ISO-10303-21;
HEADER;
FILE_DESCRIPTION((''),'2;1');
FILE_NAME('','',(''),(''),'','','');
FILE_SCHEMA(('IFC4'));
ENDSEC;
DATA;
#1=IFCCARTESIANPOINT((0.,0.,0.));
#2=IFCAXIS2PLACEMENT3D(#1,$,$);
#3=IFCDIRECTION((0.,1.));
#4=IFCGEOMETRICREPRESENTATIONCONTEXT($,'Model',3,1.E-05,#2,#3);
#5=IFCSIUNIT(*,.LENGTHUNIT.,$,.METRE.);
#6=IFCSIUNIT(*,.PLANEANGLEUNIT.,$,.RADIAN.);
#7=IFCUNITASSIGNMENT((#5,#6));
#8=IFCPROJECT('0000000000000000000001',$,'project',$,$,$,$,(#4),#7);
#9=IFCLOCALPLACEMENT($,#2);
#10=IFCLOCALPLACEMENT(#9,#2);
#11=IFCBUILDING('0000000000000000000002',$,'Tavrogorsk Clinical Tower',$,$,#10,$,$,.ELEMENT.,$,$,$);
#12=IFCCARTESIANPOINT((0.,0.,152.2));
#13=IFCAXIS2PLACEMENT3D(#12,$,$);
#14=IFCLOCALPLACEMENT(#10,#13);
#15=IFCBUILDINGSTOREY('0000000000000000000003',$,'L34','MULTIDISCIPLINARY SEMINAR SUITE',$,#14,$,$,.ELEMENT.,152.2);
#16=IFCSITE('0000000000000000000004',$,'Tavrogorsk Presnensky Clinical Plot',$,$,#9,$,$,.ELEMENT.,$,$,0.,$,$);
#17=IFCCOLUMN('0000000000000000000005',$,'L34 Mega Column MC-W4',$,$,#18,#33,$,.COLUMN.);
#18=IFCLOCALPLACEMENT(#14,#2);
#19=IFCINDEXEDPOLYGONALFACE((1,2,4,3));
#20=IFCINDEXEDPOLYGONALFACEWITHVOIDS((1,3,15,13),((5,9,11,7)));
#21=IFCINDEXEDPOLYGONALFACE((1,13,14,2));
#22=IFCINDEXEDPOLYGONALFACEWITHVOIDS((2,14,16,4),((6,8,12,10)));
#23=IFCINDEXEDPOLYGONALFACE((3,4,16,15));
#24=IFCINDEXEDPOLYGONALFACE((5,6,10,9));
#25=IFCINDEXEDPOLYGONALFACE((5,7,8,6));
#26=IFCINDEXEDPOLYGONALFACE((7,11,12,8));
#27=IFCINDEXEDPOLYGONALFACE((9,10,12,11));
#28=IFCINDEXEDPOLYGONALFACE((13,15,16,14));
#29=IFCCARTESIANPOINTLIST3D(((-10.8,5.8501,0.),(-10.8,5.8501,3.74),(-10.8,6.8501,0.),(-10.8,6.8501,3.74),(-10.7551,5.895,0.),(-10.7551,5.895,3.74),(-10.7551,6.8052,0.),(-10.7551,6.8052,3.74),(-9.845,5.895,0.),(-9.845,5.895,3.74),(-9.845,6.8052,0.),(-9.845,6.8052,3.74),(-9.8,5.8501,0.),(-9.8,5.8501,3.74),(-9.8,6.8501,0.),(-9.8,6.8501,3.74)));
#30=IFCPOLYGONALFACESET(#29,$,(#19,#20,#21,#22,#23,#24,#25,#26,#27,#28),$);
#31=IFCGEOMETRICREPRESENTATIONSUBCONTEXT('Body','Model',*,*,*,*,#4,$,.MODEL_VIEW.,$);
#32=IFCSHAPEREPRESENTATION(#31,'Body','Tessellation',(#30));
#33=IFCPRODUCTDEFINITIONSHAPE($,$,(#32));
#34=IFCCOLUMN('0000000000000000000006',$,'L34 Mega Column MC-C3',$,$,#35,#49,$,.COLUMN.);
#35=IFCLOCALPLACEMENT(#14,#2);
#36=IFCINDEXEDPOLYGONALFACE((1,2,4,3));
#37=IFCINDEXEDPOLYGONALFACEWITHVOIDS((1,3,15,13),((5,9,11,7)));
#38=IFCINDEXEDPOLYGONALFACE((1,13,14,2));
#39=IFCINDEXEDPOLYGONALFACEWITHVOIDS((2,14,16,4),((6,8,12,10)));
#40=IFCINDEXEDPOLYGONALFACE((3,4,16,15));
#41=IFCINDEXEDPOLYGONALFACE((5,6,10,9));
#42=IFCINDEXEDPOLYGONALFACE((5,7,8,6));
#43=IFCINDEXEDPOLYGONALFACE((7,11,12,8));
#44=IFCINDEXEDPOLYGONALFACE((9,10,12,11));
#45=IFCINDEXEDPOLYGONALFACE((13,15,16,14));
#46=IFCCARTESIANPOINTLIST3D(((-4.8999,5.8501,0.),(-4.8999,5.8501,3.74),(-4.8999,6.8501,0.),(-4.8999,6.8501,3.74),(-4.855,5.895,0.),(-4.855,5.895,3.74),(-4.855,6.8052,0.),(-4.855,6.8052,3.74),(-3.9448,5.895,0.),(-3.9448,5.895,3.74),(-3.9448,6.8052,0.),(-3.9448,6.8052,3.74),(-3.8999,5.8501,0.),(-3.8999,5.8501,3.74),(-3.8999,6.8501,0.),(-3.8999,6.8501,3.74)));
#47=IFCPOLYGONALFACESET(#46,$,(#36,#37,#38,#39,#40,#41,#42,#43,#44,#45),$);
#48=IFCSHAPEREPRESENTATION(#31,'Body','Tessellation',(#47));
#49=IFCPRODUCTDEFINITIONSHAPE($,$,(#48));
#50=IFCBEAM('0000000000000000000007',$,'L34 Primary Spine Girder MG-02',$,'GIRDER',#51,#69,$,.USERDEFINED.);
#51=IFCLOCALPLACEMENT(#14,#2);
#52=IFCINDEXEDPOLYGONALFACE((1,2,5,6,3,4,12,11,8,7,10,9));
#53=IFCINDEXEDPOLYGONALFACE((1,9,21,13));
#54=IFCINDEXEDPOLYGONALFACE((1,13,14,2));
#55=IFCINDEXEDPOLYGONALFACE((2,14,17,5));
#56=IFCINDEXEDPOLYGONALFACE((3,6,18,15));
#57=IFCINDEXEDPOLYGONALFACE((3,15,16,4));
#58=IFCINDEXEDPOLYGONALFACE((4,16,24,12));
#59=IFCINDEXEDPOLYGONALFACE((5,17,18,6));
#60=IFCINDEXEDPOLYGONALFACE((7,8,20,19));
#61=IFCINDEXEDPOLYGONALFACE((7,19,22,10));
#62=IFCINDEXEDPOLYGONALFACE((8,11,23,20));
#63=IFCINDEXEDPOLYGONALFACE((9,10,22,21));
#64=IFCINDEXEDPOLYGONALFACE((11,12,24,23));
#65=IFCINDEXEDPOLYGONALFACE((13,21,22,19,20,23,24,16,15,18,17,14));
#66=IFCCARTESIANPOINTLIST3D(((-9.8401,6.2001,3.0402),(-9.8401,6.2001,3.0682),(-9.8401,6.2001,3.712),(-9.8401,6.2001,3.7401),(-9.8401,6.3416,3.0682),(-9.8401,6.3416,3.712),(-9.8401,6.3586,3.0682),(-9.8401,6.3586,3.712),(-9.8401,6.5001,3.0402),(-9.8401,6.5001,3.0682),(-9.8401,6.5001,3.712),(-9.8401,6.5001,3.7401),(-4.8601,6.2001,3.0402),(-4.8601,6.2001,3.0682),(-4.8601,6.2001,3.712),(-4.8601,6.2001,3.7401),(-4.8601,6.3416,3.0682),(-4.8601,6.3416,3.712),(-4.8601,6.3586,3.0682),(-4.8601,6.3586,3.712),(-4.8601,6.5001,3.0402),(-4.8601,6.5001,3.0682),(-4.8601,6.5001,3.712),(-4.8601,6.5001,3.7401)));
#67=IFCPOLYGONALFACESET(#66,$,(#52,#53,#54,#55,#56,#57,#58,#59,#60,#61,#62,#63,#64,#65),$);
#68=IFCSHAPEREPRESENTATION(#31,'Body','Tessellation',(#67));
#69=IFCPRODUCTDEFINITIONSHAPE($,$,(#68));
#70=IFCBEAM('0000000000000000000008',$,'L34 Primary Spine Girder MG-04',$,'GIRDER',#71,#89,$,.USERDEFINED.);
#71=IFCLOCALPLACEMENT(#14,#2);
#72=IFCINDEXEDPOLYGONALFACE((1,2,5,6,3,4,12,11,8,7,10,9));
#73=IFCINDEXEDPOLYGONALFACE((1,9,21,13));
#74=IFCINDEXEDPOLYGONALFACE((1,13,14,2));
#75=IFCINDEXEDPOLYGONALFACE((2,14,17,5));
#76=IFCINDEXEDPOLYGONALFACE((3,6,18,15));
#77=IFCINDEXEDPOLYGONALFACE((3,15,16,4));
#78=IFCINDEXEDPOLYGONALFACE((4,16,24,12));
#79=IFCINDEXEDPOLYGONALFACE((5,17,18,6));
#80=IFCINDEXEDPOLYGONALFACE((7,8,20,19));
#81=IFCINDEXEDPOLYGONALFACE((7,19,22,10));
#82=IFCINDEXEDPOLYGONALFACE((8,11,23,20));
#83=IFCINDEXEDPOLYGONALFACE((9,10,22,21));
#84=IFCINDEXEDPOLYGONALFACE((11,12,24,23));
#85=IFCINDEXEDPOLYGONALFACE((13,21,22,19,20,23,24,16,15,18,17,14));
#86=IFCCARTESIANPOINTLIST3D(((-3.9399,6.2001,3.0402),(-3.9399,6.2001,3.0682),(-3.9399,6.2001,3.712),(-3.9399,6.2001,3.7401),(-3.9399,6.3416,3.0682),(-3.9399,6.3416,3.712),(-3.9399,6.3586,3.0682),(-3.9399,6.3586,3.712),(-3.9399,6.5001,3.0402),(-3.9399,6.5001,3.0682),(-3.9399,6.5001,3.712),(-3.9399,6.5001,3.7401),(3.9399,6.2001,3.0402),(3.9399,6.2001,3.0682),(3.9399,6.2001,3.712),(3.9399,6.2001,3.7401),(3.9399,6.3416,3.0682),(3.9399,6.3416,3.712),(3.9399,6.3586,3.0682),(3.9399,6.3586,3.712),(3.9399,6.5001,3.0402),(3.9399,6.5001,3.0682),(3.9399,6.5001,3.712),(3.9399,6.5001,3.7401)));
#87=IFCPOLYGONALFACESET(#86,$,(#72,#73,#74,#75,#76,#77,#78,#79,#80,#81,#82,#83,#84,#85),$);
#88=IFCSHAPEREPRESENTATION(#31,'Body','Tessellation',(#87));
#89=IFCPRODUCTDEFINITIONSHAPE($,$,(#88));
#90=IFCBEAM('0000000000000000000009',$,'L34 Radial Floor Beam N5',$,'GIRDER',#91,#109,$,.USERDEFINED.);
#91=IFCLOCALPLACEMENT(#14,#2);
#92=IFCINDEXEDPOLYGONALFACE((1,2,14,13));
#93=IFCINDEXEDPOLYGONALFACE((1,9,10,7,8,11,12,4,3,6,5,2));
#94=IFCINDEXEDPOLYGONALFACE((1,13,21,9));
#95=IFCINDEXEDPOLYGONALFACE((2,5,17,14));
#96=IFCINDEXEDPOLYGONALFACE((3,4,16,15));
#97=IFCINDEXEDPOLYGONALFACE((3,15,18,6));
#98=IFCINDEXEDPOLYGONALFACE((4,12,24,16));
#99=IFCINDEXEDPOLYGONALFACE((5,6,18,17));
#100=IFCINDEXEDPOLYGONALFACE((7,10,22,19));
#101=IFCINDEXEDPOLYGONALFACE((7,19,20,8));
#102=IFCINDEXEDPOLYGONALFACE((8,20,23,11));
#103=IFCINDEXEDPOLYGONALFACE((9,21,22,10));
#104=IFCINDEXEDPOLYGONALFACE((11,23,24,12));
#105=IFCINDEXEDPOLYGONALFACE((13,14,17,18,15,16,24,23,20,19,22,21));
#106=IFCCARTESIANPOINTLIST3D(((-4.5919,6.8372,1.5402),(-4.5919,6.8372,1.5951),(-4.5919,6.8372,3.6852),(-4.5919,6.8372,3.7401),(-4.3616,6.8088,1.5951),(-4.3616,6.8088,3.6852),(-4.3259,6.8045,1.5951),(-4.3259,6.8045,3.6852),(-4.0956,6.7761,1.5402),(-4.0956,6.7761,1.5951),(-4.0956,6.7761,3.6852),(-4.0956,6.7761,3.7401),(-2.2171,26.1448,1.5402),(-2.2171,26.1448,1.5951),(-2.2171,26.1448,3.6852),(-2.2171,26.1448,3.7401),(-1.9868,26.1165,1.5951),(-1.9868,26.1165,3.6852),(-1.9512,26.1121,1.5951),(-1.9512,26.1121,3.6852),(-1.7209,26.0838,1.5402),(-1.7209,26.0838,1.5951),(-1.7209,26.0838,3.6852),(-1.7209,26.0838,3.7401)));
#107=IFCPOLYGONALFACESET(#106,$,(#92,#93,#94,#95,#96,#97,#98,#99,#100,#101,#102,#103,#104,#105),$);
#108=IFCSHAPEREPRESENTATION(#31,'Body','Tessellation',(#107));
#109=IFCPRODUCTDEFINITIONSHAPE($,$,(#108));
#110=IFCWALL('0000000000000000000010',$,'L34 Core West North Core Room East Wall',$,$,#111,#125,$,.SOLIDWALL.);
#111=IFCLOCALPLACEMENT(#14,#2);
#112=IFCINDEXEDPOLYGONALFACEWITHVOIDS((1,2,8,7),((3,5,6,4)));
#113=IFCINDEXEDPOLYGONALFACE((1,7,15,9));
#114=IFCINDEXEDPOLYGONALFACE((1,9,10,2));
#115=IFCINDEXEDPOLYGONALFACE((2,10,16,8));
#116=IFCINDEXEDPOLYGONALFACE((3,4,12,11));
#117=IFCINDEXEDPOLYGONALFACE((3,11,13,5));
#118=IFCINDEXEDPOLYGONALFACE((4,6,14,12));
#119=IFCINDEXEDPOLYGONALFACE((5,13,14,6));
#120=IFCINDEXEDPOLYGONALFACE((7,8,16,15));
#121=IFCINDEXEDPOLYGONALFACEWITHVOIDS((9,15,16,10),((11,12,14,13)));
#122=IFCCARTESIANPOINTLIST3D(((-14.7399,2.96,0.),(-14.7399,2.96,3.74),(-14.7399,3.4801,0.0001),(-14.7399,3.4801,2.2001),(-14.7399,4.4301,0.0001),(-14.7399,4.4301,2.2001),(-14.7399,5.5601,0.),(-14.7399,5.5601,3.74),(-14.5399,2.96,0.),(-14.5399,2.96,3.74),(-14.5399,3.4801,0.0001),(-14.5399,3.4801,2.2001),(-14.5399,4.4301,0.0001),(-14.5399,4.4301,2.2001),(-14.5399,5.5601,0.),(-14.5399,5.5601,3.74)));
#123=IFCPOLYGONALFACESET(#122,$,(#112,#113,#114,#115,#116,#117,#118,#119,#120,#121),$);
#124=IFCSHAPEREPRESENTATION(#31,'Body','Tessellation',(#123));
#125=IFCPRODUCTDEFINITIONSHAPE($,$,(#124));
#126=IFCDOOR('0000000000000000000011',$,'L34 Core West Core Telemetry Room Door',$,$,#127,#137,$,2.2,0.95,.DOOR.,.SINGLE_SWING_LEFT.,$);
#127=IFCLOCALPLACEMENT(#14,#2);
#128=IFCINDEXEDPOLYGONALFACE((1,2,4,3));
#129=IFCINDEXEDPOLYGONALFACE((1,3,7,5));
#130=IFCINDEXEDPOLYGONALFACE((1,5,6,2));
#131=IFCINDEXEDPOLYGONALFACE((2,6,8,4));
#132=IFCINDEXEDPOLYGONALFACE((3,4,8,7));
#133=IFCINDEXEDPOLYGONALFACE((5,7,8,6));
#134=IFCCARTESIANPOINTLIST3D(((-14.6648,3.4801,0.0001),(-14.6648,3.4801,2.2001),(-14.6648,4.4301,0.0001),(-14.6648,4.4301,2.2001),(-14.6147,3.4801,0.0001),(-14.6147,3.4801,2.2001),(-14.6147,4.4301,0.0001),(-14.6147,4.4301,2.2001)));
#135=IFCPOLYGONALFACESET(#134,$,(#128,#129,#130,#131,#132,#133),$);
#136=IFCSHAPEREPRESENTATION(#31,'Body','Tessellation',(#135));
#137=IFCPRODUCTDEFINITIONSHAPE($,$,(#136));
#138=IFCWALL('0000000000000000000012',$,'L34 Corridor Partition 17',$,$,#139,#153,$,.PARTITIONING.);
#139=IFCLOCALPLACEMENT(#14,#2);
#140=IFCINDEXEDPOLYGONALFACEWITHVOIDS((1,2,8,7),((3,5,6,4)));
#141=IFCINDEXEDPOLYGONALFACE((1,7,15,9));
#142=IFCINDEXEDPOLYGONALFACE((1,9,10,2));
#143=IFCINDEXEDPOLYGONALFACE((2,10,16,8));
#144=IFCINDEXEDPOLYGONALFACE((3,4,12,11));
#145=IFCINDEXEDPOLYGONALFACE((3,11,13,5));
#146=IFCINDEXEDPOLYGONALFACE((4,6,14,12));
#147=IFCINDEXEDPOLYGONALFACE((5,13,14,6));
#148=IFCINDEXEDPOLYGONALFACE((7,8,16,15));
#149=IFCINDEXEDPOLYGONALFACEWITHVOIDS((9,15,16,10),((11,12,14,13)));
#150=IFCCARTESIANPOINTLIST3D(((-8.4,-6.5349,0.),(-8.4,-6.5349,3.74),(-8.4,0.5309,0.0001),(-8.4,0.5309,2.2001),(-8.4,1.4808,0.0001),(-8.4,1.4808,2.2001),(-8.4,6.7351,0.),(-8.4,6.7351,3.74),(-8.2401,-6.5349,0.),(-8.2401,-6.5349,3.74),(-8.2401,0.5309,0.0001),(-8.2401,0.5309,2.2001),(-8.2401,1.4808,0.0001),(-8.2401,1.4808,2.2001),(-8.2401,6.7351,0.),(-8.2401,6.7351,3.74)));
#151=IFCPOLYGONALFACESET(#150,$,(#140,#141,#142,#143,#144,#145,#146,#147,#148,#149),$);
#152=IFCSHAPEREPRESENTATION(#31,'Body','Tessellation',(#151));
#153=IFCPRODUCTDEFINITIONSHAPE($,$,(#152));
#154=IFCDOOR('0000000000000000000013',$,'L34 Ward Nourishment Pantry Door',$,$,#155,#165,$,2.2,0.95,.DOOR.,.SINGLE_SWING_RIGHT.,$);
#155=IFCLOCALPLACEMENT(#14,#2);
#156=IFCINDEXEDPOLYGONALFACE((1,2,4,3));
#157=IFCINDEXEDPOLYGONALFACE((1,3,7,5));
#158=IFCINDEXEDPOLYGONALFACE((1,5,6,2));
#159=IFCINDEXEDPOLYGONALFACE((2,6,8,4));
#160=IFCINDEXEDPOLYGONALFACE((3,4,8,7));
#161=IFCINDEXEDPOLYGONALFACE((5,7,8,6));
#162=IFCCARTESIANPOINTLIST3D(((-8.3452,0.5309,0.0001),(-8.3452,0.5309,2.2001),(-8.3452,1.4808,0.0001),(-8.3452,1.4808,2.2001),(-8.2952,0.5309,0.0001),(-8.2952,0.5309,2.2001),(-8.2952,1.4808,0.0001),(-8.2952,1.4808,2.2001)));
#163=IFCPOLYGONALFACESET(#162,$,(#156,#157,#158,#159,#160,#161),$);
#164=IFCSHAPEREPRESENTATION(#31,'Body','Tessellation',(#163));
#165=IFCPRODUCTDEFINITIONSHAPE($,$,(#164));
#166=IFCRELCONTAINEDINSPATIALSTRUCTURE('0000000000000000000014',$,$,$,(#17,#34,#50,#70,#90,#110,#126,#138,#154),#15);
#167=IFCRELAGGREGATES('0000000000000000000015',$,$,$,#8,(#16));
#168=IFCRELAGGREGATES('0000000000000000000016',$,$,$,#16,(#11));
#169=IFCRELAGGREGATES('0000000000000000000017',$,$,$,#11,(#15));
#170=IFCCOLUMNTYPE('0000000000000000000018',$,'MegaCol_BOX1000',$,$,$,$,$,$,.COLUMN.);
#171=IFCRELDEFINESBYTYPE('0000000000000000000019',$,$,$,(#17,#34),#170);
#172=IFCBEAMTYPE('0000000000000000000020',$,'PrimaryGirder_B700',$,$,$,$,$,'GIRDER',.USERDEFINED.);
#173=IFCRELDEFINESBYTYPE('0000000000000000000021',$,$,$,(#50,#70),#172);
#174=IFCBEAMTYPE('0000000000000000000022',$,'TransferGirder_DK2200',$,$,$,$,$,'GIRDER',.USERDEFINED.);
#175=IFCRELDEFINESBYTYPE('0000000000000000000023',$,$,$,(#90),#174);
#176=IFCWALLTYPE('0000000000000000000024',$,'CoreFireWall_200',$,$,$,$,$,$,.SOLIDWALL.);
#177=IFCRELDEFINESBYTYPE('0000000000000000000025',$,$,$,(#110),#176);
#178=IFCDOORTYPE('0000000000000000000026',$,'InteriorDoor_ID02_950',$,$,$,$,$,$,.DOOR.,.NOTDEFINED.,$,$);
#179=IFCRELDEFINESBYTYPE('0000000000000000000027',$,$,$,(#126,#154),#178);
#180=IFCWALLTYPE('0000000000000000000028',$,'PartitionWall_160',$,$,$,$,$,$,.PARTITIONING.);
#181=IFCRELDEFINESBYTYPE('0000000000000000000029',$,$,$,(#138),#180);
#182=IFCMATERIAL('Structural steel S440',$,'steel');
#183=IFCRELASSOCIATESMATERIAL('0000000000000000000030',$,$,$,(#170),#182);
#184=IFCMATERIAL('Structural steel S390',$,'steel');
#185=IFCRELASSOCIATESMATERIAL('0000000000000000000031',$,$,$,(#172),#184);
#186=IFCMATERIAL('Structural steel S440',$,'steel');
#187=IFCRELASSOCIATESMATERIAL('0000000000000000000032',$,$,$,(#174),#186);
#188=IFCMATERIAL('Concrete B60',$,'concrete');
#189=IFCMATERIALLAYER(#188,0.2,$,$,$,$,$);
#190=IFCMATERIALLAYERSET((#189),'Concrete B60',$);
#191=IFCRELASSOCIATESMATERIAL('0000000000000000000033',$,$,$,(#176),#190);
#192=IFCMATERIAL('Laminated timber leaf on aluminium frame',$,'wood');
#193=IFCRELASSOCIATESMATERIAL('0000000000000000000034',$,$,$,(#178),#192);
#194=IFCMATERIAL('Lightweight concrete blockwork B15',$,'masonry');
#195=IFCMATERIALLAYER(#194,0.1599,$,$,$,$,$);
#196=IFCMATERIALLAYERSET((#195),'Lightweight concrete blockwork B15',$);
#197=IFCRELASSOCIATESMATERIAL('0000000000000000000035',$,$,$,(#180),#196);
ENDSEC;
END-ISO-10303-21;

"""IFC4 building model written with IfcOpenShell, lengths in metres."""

from ifc_helpers import new_model, si_unit, direction, frame, frame_2d, origin, origin_2d, place, context, subcontext, project, spatial, rectangle, hollow_rectangle, i_section, extrude, material, layer, layer_set, material_profile, profile_set, type_object, element, fill, save


model = new_model("IFC4")

# Units and contexts
model_context = context("Model", 3, precision=1e-05, world=origin(), true_north=direction((0.0, 1.0)))
body_context = subcontext(model_context, "Body", "Model", "MODEL_VIEW")
ifc_project = project(units=[si_unit("LENGTHUNIT", "METRE"), si_unit("PLANEANGLEUNIT", "RADIAN")], contexts=[model_context])

# Site, building, storey
site_placement = place(None, origin())
site = spatial("IfcSite", under=ifc_project, at=site_placement, Name="Tavrogorsk Presnensky Clinical Plot", CompositionType="ELEMENT", RefElevation=0.0)
building_placement = place(site_placement, origin())
building = spatial("IfcBuilding", under=site, at=building_placement, Name="Tavrogorsk Clinical Tower", CompositionType="ELEMENT")
storey_placement = place(building_placement, frame((0.0, 0.0, 152.2)))
storey = spatial("IfcBuildingStorey", under=building, at=storey_placement, Name="L34", Description="MULTIDISCIPLINARY SEMINAR SUITE", CompositionType="ELEMENT", Elevation=152.2)

# Columns
ifc_material_1 = material(Name="Structural steel S440", Category="steel")
ifc_material_profile_1 = material_profile(ifc_material_1, hollow_rectangle(XDim=1.0, YDim=1.0, WallThickness=0.0449, at=origin_2d()), Name="BOX-1000x1000x45")
ifc_profile_set_1 = profile_set([ifc_material_profile_1], Name="Structural steel S440")
column_type = type_object("IfcColumnType", Name="MegaCol_BOX1000", PredefinedType="COLUMN", material=ifc_profile_set_1)
for number, where, z_axis, x_axis, name in (
    (1, (-10.3, 6.3501, 0.0), (0.0, 0.0, 1.0), (1.0, 0.0, 0.0), "L34 Mega Column MC-W4"),
    (2, (-4.3999, 6.3501, 0.0), (0.0, 0.0, 1.0), (1.0, 0.0, 0.0), "L34 Mega Column MC-C3"),
):
    element("IfcColumn", number, at=place(storey_placement, frame(where, z_axis=z_axis, x_axis=x_axis)), inside=storey, type_object=column_type, Name=name, PredefinedType="COLUMN", context=body_context, shape_type="SweptSolid", body=[
        extrude(hollow_rectangle(XDim=1.0, YDim=1.0, WallThickness=0.0449, at=origin_2d()), origin(), (0.0, 0.0, 1.0), 3.74),
    ])

# Beams
ifc_material_2 = material(Name="Structural steel S390", Category="steel")
ifc_material_profile_2 = material_profile(ifc_material_2, i_section(OverallWidth=0.3, OverallDepth=0.7, WebThickness=0.0171, FlangeThickness=0.0281, at=origin_2d()), Name="B-700x300x17x28")
ifc_profile_set_2 = profile_set([ifc_material_profile_2], Name="Structural steel S390")
beam_type_1 = type_object("IfcBeamType", Name="PrimaryGirder_B700", ElementType="GIRDER", PredefinedType="USERDEFINED", material=ifc_profile_set_2)
beam_1_placement = place(storey_placement, frame((-9.8401, 6.3501, 3.3901), z_axis=(1.0, 0.0, 0.0), x_axis=(0.0, 1.0, 0.0)))
element("IfcBeam", 3, at=beam_1_placement, inside=storey, type_object=beam_type_1, Name="L34 Primary Spine Girder MG-02", ObjectType="GIRDER", PredefinedType="USERDEFINED", context=body_context, shape_type="SweptSolid", body=[
    extrude(i_section(OverallWidth=0.3, OverallDepth=0.7, WebThickness=0.0171, FlangeThickness=0.0281, at=origin_2d()), origin(), (0.0, 0.0, 1.0), 4.98),
])
beam_2_placement = place(storey_placement, frame((-3.9399, 6.3501, 3.3901), z_axis=(1.0, 0.0, 0.0), x_axis=(0.0, 1.0, 0.0)))
element("IfcBeam", 4, at=beam_2_placement, inside=storey, type_object=beam_type_1, Name="L34 Primary Spine Girder MG-04", ObjectType="GIRDER", PredefinedType="USERDEFINED", context=body_context, shape_type="SweptSolid", body=[
    extrude(i_section(OverallWidth=0.3, OverallDepth=0.7, WebThickness=0.0171, FlangeThickness=0.0281, at=origin_2d()), origin(), (0.0, 0.0, 1.0), 7.8799),
])
ifc_material_3 = material(Name="Structural steel S440", Category="steel")
ifc_material_profile_3 = material_profile(ifc_material_3, i_section(OverallWidth=0.5, OverallDepth=2.2, WebThickness=0.0359, FlangeThickness=0.0549, at=origin_2d()), Name="DK-2200x500x36x55")
ifc_profile_set_3 = profile_set([ifc_material_profile_3], Name="Structural steel S440")
beam_type_2 = type_object("IfcBeamType", Name="TransferGirder_DK2200", ElementType="GIRDER", PredefinedType="USERDEFINED", material=ifc_profile_set_3)
beam_3_placement = place(storey_placement, frame((-4.3438, 6.8066, 2.6401), z_axis=(0.122076, 0.992521, 0.0), x_axis=(-0.992521, 0.122076, 0.0)))
element("IfcBeam", 5, at=beam_3_placement, inside=storey, type_object=beam_type_2, Name="L34 Radial Floor Beam N5", ObjectType="GIRDER", PredefinedType="USERDEFINED", context=body_context, shape_type="SweptSolid", body=[
    extrude(i_section(OverallWidth=0.5, OverallDepth=2.2, WebThickness=0.0359, FlangeThickness=0.0549, at=origin_2d()), origin(), (0.0, 0.0, 1.0), 19.4531),
])

# Walls, openings, doors
ifc_material_4 = material(Name="Concrete B60", Category="concrete")
ifc_layer_1 = layer(ifc_material_4, 0.2)
ifc_layer_set_1 = layer_set([ifc_layer_1], Name="Concrete B60")
wall_type_1 = type_object("IfcWallType", Name="CoreFireWall_200", PredefinedType="SOLIDWALL", material=ifc_layer_set_1)
wall_1_placement = place(storey_placement, frame((-14.6399, 2.96, 0.0), z_axis=(0.0, 0.0, 1.0), x_axis=(0.0, 1.0, 0.0)))
wall_1 = element("IfcWall", 6, at=wall_1_placement, inside=storey, type_object=wall_type_1, Name="L34 Core West North Core Room East Wall", PredefinedType="SOLIDWALL", context=body_context, shape_type="SweptSolid", body=[
    extrude(rectangle(XDim=2.6001, YDim=0.2, at=frame_2d((1.3, 0.0))), origin(), (0.0, 0.0, 1.0), 3.74),
])
opening_1_placement = place(wall_1_placement, frame((0.52, 0.0, 0.0)))
opening_1 = element("IfcOpeningElement", 7, at=opening_1_placement, cuts=wall_1, PredefinedType="OPENING", context=body_context, shape_type="SweptSolid", body=[
    extrude(rectangle(XDim=0.95, YDim=2.2, at=frame_2d((0.4751, 1.1001))), frame((0.0, 0.1099, 0.0), z_axis=(0.0, -1.0, 0.0), x_axis=(1.0, 0.0, 0.0)), (0.0, 0.0, 1.0), 0.22),
])
ifc_material_5 = material(Name="Laminated timber leaf on aluminium frame", Category="wood")
door_type_1 = type_object("IfcDoorType", Name="InteriorDoor_ID02_950", OperationType="NOTDEFINED", PredefinedType="DOOR", material=ifc_material_5)
door_1_placement = place(opening_1_placement, origin())
door_1 = element("IfcDoor", 8, at=door_1_placement, inside=storey, type_object=door_type_1, Name="L34 Core West Core Telemetry Room Door", OperationType="SINGLE_SWING_LEFT", OverallHeight=2.2, OverallWidth=0.95, PredefinedType="DOOR", context=body_context, shape_type="SweptSolid", body=[
    extrude(rectangle(XDim=0.95, YDim=2.2, at=frame_2d((0.4751, 1.1001))), frame((0.0, 0.0249, 0.0), z_axis=(0.0, -1.0, 0.0), x_axis=(1.0, 0.0, 0.0)), (0.0, 0.0, 1.0), 0.05),
])
fill(opening_1, door_1)
ifc_material_6 = material(Name="Lightweight concrete blockwork B15", Category="masonry")
ifc_layer_2 = layer(ifc_material_6, 0.1599)
ifc_layer_set_2 = layer_set([ifc_layer_2], Name="Lightweight concrete blockwork B15")
wall_type_2 = type_object("IfcWallType", Name="PartitionWall_160", PredefinedType="PARTITIONING", material=ifc_layer_set_2)
wall_2_placement = place(storey_placement, frame((-8.3201, 6.7351, 0.0), z_axis=(0.0, 0.0, 1.0), x_axis=(0.0, -1.0, 0.0)))
wall_2 = element("IfcWall", 9, at=wall_2_placement, inside=storey, type_object=wall_type_2, Name="L34 Corridor Partition 17", PredefinedType="PARTITIONING", context=body_context, shape_type="SweptSolid", body=[
    extrude(rectangle(XDim=13.27, YDim=0.1599, at=frame_2d((6.635, 0.0))), origin(), (0.0, 0.0, 1.0), 3.74),
])
opening_2_placement = place(wall_2_placement, frame((5.2542, 0.0, 0.0)))
opening_2 = element("IfcOpeningElement", 10, at=opening_2_placement, cuts=wall_2, PredefinedType="OPENING", context=body_context, shape_type="SweptSolid", body=[
    extrude(rectangle(XDim=0.95, YDim=2.2, at=frame_2d((0.4751, 1.1001))), frame((0.0, 0.0898, 0.0), z_axis=(0.0, -1.0, 0.0), x_axis=(1.0, 0.0, 0.0)), (0.0, 0.0, 1.0), 0.1799),
])
door_2_placement = place(opening_2_placement, origin())
door_2 = element("IfcDoor", 11, at=door_2_placement, inside=storey, type_object=door_type_1, Name="L34 Ward Nourishment Pantry Door", OperationType="SINGLE_SWING_RIGHT", OverallHeight=2.2, OverallWidth=0.95, PredefinedType="DOOR", context=body_context, shape_type="SweptSolid", body=[
    extrude(rectangle(XDim=0.95, YDim=2.2, at=frame_2d((0.4751, 1.1001))), frame((0.0, 0.0249, 0.0), z_axis=(0.0, -1.0, 0.0), x_axis=(1.0, 0.0, 0.0)), (0.0, 0.0, 1.0), 0.05),
])
fill(opening_2, door_2)

save(model, "model.ifc")
